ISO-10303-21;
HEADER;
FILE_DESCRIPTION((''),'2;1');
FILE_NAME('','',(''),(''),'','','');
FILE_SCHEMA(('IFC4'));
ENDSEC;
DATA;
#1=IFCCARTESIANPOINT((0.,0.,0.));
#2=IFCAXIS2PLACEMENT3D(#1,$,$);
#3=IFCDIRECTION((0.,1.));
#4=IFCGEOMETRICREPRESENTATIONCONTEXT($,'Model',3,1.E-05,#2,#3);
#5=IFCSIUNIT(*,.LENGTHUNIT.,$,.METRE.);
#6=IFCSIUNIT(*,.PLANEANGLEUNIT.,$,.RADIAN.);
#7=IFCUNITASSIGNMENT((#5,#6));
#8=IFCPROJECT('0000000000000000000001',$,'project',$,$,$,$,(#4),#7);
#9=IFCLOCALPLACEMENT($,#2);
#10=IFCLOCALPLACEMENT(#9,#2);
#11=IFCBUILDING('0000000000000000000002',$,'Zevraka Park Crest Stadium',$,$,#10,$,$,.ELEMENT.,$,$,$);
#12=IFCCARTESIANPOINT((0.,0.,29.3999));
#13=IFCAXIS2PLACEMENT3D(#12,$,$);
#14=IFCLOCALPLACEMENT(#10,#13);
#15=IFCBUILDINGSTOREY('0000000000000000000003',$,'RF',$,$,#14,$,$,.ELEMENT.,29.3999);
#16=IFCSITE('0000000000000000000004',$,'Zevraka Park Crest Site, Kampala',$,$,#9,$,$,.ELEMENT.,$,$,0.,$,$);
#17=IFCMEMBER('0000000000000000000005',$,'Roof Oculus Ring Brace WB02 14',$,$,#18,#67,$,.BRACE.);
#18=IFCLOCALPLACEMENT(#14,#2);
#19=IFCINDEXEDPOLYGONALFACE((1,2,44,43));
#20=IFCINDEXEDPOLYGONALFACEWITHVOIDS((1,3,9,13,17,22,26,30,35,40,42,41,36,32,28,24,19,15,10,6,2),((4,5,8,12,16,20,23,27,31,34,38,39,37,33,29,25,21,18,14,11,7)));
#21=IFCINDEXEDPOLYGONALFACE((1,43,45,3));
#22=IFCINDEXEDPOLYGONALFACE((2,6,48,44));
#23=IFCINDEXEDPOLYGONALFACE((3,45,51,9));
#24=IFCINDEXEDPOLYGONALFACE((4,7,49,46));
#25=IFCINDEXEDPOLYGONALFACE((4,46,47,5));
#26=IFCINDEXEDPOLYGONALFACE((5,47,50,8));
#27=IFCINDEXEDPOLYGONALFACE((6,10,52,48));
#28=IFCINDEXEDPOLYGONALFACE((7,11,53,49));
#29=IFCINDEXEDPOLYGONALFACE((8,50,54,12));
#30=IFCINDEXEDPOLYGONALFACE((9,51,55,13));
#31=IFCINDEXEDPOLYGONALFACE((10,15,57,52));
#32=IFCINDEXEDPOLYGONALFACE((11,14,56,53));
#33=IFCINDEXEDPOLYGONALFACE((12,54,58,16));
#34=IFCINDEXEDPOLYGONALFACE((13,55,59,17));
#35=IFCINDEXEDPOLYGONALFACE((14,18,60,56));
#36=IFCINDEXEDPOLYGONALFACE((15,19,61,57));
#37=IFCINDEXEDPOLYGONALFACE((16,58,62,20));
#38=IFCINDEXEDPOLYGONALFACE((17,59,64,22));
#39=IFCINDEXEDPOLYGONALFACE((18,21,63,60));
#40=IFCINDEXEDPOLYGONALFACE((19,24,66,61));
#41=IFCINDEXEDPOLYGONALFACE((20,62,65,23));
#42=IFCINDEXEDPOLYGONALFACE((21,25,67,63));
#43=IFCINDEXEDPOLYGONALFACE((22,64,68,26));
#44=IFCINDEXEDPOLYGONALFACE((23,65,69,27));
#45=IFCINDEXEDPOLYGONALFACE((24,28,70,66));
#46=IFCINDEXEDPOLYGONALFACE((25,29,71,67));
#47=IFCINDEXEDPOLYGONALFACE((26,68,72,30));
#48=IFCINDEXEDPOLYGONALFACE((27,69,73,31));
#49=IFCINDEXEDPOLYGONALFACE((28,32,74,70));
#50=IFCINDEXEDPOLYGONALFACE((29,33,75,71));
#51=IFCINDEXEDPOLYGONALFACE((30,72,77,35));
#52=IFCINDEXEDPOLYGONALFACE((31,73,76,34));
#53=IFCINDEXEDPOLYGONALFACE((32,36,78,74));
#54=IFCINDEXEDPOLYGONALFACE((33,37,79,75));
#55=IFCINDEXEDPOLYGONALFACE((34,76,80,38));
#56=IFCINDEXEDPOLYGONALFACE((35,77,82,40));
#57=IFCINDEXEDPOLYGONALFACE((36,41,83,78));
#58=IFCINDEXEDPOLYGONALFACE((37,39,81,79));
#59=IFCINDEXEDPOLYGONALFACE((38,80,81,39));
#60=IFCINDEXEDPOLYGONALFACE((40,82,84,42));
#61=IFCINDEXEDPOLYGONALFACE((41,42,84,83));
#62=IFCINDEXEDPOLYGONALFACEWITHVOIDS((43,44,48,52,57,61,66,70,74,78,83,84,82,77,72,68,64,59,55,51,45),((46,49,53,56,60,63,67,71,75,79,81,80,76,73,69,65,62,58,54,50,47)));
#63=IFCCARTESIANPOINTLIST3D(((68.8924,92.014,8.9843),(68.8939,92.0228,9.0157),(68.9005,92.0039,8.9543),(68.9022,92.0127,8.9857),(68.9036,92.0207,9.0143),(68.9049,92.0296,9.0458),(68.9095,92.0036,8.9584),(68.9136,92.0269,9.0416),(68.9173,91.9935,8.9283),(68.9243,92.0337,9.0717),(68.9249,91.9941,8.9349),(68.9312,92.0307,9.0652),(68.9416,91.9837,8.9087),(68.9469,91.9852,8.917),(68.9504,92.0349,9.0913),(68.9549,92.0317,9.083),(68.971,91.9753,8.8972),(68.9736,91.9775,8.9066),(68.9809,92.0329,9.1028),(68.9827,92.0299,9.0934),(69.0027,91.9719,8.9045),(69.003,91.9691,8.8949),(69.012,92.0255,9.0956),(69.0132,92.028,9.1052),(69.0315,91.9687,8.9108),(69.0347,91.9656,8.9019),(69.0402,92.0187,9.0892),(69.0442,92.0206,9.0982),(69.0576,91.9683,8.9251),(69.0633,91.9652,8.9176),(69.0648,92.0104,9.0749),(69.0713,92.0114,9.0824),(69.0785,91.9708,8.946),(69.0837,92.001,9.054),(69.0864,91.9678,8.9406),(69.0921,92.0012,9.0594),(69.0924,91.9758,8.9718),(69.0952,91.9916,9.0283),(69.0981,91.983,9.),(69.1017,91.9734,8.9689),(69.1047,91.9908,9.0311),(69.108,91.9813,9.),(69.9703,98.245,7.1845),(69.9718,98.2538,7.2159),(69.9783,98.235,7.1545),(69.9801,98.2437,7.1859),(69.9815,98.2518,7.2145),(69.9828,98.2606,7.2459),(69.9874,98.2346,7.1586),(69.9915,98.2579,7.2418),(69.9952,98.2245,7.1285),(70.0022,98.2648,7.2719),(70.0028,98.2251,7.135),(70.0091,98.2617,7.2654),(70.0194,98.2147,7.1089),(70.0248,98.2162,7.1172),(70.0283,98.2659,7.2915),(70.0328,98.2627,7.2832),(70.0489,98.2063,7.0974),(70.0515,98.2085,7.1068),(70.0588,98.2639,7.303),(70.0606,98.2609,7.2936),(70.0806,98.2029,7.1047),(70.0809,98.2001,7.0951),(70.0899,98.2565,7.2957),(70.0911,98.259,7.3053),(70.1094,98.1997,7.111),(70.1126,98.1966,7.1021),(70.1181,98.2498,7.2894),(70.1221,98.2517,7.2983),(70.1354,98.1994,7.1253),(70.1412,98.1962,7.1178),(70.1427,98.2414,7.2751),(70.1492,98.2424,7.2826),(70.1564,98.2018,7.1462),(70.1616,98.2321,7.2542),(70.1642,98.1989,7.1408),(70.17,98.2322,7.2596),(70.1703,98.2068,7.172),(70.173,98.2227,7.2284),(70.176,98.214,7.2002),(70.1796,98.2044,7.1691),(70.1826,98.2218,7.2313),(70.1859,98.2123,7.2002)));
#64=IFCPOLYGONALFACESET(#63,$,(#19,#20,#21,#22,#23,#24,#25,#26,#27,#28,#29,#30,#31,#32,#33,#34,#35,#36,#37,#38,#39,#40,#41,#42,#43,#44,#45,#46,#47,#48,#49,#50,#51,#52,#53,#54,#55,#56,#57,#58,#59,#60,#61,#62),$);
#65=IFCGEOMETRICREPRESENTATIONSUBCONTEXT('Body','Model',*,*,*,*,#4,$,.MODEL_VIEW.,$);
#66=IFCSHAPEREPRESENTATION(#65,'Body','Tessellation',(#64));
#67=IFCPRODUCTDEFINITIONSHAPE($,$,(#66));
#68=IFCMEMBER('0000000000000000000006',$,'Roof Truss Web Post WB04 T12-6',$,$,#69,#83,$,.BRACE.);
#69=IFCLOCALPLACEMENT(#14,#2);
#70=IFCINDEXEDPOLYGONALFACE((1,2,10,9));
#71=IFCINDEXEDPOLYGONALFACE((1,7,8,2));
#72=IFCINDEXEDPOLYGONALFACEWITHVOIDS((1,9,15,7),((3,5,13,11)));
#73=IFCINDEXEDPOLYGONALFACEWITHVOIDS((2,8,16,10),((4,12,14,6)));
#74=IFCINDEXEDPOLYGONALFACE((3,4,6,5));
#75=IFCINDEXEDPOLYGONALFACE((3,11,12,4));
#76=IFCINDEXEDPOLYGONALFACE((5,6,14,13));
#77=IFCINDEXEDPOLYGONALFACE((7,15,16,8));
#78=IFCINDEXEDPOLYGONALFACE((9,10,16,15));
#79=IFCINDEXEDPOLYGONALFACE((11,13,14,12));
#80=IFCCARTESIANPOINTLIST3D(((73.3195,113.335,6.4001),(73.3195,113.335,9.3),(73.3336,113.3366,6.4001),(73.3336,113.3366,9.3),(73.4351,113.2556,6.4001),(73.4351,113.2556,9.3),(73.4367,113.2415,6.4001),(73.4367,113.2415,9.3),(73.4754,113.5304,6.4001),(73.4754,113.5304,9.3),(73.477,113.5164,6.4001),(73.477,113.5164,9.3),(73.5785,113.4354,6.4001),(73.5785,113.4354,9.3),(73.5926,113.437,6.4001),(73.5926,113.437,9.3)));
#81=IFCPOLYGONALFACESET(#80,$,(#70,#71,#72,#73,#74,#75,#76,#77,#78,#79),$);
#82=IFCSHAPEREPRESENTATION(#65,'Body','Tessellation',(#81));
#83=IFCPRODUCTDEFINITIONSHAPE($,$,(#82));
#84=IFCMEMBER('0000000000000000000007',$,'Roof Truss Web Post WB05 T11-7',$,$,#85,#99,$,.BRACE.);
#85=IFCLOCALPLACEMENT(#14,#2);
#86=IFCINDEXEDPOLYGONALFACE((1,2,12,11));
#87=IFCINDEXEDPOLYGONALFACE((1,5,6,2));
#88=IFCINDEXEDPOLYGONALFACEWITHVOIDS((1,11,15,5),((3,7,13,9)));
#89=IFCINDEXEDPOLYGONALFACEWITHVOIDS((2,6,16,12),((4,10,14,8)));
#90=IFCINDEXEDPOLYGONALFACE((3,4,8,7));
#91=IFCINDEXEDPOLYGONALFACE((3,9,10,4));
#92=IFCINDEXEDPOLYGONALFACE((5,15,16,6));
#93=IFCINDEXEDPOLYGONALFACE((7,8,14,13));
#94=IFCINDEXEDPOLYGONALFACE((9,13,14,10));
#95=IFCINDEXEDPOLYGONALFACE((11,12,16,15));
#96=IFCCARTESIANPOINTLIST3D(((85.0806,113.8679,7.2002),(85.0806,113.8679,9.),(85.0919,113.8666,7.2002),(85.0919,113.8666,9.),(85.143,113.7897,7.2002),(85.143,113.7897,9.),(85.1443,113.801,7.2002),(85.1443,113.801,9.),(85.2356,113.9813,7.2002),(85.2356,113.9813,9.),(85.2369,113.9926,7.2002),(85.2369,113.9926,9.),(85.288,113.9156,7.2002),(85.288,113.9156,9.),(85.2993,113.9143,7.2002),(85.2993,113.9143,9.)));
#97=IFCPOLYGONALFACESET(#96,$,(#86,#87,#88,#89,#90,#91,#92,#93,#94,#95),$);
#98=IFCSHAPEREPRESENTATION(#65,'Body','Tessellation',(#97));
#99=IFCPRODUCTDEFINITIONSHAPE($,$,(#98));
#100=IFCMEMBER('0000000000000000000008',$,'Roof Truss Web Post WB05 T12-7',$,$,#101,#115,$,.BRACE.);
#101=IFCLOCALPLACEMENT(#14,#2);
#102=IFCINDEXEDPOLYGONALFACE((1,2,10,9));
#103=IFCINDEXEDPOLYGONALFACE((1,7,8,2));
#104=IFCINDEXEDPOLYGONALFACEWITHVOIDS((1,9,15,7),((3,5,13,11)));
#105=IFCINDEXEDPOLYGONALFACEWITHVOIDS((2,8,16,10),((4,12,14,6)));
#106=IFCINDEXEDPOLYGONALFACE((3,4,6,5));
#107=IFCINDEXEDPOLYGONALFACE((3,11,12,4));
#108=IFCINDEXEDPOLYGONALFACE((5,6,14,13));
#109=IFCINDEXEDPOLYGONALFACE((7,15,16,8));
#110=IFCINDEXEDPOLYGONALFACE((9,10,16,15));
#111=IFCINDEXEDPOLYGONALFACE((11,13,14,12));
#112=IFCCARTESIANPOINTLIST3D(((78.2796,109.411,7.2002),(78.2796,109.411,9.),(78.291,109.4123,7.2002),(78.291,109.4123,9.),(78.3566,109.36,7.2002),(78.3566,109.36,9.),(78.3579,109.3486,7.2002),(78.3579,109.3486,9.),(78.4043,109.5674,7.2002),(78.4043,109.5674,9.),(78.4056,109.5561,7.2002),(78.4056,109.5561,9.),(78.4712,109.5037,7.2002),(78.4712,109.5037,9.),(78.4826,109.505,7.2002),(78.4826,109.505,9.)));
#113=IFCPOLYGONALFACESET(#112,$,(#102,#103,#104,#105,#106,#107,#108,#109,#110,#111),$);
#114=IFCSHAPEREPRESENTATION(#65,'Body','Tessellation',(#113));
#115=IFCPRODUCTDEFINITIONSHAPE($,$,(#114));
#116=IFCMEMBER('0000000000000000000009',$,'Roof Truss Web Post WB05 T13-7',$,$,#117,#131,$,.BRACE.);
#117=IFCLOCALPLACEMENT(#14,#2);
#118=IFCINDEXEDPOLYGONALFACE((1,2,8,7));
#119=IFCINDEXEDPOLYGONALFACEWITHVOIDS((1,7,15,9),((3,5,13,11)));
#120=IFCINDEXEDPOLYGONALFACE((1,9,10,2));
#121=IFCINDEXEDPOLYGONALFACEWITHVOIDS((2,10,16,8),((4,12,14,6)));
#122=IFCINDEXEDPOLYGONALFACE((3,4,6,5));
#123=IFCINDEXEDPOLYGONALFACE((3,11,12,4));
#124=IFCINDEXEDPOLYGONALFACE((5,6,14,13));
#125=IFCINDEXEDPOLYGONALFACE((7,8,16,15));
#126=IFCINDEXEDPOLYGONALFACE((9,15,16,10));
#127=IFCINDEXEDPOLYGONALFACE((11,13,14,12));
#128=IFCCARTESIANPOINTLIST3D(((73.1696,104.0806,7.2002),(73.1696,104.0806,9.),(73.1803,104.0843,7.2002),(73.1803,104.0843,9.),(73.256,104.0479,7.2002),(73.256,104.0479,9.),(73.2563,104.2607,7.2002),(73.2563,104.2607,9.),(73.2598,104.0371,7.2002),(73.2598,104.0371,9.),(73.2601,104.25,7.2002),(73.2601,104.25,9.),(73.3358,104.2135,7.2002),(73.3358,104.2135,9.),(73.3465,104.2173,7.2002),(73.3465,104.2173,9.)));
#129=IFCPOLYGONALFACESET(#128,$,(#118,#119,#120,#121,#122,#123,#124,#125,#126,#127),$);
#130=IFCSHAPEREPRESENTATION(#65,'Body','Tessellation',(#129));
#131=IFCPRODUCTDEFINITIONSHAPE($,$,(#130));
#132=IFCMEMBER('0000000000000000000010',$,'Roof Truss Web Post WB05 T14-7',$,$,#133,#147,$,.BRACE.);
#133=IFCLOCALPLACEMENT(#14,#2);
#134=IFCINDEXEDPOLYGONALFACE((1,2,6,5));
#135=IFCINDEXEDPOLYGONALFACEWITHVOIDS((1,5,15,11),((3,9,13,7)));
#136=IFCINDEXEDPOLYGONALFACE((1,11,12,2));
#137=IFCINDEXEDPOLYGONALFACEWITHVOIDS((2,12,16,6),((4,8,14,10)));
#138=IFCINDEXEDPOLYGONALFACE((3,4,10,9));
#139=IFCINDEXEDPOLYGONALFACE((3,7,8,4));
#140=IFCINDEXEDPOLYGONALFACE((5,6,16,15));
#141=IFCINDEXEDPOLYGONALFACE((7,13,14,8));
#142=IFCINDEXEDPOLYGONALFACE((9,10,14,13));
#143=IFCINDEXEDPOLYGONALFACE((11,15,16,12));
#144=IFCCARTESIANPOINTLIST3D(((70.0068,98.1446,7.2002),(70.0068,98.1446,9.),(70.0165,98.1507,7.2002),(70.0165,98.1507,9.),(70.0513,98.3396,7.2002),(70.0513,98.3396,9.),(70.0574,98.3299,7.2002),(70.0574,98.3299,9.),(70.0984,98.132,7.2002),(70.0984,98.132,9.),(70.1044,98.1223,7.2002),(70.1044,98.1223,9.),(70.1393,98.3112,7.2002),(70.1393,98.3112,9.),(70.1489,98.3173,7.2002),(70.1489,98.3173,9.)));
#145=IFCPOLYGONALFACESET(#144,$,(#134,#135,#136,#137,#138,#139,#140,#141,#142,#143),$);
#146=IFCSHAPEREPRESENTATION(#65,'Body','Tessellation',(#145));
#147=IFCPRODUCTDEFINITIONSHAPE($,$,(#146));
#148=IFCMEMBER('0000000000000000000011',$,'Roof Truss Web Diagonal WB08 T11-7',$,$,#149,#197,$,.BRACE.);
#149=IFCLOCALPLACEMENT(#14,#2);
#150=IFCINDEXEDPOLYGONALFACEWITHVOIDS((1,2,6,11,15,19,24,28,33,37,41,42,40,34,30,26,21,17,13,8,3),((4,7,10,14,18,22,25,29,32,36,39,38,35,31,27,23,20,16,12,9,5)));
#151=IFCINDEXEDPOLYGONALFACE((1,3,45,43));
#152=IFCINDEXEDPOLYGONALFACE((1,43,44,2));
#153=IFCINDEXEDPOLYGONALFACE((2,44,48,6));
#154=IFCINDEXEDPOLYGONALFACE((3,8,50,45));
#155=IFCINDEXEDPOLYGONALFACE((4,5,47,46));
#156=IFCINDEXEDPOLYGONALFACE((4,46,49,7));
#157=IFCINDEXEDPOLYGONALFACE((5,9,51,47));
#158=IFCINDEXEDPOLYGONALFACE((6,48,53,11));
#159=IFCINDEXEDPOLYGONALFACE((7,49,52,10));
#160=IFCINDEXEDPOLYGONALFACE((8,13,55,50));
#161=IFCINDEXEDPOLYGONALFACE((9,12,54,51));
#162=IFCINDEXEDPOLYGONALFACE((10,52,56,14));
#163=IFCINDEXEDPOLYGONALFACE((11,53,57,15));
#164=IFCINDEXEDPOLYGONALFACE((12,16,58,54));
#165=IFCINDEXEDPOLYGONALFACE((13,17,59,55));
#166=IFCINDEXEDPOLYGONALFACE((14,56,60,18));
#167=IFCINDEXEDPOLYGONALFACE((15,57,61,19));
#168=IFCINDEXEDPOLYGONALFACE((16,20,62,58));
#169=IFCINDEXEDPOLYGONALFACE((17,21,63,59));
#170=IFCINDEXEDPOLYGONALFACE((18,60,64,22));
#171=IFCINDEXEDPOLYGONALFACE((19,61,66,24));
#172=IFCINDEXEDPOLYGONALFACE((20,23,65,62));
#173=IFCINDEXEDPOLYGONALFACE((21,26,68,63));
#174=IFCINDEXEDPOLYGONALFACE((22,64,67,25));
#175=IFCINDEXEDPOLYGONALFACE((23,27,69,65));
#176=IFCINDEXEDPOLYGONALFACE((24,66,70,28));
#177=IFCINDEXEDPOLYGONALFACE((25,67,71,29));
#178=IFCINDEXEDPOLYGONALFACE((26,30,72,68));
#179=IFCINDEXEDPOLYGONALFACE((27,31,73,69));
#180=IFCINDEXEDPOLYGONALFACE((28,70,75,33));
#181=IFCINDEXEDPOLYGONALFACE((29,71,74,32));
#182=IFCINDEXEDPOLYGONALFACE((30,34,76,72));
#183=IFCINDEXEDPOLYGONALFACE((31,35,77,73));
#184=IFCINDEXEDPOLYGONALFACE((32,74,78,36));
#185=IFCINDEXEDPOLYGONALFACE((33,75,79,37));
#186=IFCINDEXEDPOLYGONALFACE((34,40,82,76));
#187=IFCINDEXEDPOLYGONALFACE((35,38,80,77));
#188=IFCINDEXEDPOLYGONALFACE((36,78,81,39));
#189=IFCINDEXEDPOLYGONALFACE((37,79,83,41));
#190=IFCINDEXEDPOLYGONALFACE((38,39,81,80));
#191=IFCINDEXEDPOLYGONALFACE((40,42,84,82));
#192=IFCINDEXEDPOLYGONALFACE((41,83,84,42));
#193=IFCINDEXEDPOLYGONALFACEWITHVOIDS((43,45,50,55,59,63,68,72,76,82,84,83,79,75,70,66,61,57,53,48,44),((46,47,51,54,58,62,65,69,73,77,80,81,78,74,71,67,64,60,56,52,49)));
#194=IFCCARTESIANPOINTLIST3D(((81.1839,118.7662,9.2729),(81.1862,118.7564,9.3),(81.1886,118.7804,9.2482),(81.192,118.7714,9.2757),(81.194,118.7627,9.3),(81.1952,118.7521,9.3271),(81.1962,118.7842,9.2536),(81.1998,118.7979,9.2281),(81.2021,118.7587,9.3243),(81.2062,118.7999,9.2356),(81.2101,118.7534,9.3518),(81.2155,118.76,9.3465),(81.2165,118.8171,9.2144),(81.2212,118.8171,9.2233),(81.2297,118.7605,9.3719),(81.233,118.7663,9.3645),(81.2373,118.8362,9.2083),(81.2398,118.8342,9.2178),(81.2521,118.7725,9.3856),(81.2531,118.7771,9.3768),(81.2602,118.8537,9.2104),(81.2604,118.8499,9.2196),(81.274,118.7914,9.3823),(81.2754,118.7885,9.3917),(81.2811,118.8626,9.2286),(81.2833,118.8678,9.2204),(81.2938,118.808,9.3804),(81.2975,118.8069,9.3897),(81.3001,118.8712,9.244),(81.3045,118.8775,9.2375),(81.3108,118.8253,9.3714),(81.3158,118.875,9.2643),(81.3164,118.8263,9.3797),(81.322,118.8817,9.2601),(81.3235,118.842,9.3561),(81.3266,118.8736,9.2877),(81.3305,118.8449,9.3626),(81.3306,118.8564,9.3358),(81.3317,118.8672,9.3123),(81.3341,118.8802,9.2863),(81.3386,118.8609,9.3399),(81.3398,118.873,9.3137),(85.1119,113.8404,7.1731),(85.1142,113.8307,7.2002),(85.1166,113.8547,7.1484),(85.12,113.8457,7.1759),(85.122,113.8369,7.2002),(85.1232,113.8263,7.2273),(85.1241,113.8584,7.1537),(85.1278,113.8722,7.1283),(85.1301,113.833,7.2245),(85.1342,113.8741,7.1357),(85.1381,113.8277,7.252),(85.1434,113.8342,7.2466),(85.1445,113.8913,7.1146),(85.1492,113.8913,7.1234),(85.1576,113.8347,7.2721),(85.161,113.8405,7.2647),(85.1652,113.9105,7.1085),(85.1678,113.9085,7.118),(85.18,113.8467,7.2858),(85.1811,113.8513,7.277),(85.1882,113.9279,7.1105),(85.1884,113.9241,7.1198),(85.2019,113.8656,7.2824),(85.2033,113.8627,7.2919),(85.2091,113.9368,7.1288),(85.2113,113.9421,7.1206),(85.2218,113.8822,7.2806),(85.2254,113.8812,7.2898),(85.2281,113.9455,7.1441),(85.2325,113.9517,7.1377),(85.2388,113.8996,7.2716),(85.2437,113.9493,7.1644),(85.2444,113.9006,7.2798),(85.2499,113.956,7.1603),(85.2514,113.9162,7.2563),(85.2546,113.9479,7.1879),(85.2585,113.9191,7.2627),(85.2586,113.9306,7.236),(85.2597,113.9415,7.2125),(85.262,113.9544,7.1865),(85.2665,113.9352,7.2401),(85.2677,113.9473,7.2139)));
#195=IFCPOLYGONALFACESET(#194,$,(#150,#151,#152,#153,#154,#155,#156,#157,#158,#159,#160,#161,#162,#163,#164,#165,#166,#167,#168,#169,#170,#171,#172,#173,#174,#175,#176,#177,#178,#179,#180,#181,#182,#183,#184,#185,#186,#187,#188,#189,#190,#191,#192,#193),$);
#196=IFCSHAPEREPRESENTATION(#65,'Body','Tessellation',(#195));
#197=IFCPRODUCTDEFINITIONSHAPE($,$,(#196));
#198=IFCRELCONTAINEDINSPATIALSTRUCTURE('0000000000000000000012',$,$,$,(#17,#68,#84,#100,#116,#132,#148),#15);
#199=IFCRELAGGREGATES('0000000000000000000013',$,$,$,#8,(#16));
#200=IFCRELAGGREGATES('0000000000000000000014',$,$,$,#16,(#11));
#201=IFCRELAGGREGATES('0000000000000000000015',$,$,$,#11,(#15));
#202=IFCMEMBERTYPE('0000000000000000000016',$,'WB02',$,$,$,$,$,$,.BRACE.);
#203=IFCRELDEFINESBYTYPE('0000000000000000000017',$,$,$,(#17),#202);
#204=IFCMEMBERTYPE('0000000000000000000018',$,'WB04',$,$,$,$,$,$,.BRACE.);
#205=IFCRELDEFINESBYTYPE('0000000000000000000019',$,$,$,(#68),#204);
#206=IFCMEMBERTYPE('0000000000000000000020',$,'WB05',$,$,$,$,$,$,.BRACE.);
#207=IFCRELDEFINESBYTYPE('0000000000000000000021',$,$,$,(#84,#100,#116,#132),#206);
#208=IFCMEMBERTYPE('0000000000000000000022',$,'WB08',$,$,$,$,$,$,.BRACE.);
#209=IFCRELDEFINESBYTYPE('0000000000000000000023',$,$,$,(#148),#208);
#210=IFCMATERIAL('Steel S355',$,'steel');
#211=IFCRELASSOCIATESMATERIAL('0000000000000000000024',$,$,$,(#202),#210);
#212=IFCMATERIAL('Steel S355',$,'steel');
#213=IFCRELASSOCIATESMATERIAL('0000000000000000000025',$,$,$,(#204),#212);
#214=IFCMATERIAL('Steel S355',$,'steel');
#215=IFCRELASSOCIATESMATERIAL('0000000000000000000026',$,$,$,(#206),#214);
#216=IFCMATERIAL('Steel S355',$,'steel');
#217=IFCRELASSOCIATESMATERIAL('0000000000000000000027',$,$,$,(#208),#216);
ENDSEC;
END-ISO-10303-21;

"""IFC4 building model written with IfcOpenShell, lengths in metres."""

from ifc_helpers import new_model, si_unit, direction, frame, origin, origin_2d, place, context, subcontext, project, spatial, hollow_rectangle, hollow_circle, extrude, material, material_profile, profile_set, type_object, element, save


model = new_model("IFC4")

# Units and contexts
model_context = context("Model", 3, precision=1e-05, world=origin(), true_north=direction((0.0, 1.0)))
body_context = subcontext(model_context, "Body", "Model", "MODEL_VIEW")
ifc_project = project(units=[si_unit("LENGTHUNIT", "METRE"), si_unit("PLANEANGLEUNIT", "RADIAN")], contexts=[model_context])

# Site, building, storey
site_placement = place(None, origin())
site = spatial("IfcSite", under=ifc_project, at=site_placement, Name="Zevraka Park Crest Site, Kampala", CompositionType="ELEMENT", RefElevation=0.0)
building_placement = place(site_placement, origin())
building = spatial("IfcBuilding", under=site, at=building_placement, Name="Zevraka Park Crest Stadium", CompositionType="ELEMENT")
storey_placement = place(building_placement, frame((0.0, 0.0, 29.3999)))
storey = spatial("IfcBuildingStorey", under=building, at=storey_placement, Name="RF", CompositionType="ELEMENT", Elevation=29.3999)

# Members
ifc_material_1 = material(Name="Steel S355", Category="steel")
ifc_material_profile_1 = material_profile(ifc_material_1, hollow_circle(Radius=0.1096, WallThickness=0.01, at=origin_2d()), Name="CHS 219.1x10")
ifc_profile_set_1 = profile_set([ifc_material_profile_1], Name="Steel S355")
member_type_1 = type_object("IfcMemberType", Name="WB02", PredefinedType="BRACE", material=ifc_profile_set_1)
member_1_placement = place(storey_placement, frame((70.0779, 98.231, 7.2002), z_axis=(-0.163945, -0.947725, 0.273749), x_axis=(0.985365, -0.170456, 0.0)))
element("IfcMember", 1, at=member_1_placement, inside=storey, type_object=member_type_1, Name="Roof Oculus Ring Brace WB02 14", PredefinedType="BRACE", context=body_context, shape_type="SweptSolid", body=[
    extrude(hollow_circle(Radius=0.1096, WallThickness=0.01, at=origin_2d()), origin(), (0.0, 0.0, 1.0), 6.5747),
])
ifc_material_2 = material(Name="Steel S355", Category="steel")
ifc_material_profile_2 = material_profile(ifc_material_2, hollow_rectangle(XDim=0.1499, YDim=0.25, WallThickness=0.01, at=origin_2d()), Name="RHS 250x150x10")
ifc_profile_set_2 = profile_set([ifc_material_profile_2], Name="Steel S355")
member_type_2 = type_object("IfcMemberType", Name="WB04", PredefinedType="BRACE", material=ifc_profile_set_2)
member_2_placement = place(storey_placement, frame((73.4561, 113.386, 6.4001), z_axis=(0.0, 0.0, 1.0), x_axis=(-0.781847, 0.62347, 0.0)))
element("IfcMember", 2, at=member_2_placement, inside=storey, type_object=member_type_2, Name="Roof Truss Web Post WB04 T12-6", PredefinedType="BRACE", context=body_context, shape_type="SweptSolid", body=[
    extrude(hollow_rectangle(XDim=0.1499, YDim=0.25, WallThickness=0.01, at=origin_2d()), origin(), (0.0, 0.0, 1.0), 2.8999),
])
ifc_material_3 = material(Name="Steel S355", Category="steel")
ifc_material_profile_3 = material_profile(ifc_material_3, hollow_rectangle(XDim=0.1001, YDim=0.2, WallThickness=0.0081, at=origin_2d()), Name="RHS 200x100x8")
ifc_profile_set_3 = profile_set([ifc_material_profile_3], Name="Steel S355")
member_type_3 = type_object("IfcMemberType", Name="WB05", PredefinedType="BRACE", material=ifc_profile_set_3)
for number, where, z_axis, x_axis, name in (
    (3, (85.1899, 113.8911, 7.2002), (0.0, 0.0, 1.0), (-0.62347, 0.781847, 0.0), "Roof Truss Web Post WB05 T11-7"),
    (4, (78.3811, 109.458, 7.2002), (0.0, 0.0, 1.0), (-0.781847, 0.62347, 0.0), "Roof Truss Web Post WB05 T12-7"),
    (5, (73.2581, 104.1489, 7.2002), (0.0, 0.0, 1.0), (-0.901001, 0.433816, 0.0), "Roof Truss Web Post WB05 T13-7"),
    (6, (70.0779, 98.231, 7.2002), (0.0, 0.0, 1.0), (-0.974917, 0.22257, 0.0), "Roof Truss Web Post WB05 T14-7"),
):
    element("IfcMember", number, at=place(storey_placement, frame(where, z_axis=z_axis, x_axis=x_axis)), inside=storey, type_object=member_type_3, Name=name, PredefinedType="BRACE", context=body_context, shape_type="SweptSolid", body=[
        extrude(hollow_rectangle(XDim=0.1001, YDim=0.2, WallThickness=0.0081, at=origin_2d()), origin(), (0.0, 0.0, 1.0), 1.7998),
    ])
ifc_material_4 = material(Name="Steel S355", Category="steel")
ifc_material_profile_4 = material_profile(ifc_material_4, hollow_circle(Radius=0.0969, WallThickness=0.01, at=origin_2d()), Name="CHS 193.7x10")
ifc_profile_set_4 = profile_set([ifc_material_profile_4], Name="Steel S355")
member_type_4 = type_object("IfcMemberType", Name="WB08", PredefinedType="BRACE", material=ifc_profile_set_4)
member_3_placement = place(storey_placement, frame((85.1899, 113.8911, 7.2002), z_axis=(-0.591482, 0.741733, 0.3162), x_axis=(-0.781847, -0.62347, 0.0)))
element("IfcMember", 7, at=member_3_placement, inside=storey, type_object=member_type_4, Name="Roof Truss Web Diagonal WB08 T11-7", PredefinedType="BRACE", context=body_context, shape_type="SweptSolid", body=[
    extrude(hollow_circle(Radius=0.0969, WallThickness=0.01, at=origin_2d()), origin(), (0.0, 0.0, 1.0), 6.6409),
])

save(model, "model.ifc")
